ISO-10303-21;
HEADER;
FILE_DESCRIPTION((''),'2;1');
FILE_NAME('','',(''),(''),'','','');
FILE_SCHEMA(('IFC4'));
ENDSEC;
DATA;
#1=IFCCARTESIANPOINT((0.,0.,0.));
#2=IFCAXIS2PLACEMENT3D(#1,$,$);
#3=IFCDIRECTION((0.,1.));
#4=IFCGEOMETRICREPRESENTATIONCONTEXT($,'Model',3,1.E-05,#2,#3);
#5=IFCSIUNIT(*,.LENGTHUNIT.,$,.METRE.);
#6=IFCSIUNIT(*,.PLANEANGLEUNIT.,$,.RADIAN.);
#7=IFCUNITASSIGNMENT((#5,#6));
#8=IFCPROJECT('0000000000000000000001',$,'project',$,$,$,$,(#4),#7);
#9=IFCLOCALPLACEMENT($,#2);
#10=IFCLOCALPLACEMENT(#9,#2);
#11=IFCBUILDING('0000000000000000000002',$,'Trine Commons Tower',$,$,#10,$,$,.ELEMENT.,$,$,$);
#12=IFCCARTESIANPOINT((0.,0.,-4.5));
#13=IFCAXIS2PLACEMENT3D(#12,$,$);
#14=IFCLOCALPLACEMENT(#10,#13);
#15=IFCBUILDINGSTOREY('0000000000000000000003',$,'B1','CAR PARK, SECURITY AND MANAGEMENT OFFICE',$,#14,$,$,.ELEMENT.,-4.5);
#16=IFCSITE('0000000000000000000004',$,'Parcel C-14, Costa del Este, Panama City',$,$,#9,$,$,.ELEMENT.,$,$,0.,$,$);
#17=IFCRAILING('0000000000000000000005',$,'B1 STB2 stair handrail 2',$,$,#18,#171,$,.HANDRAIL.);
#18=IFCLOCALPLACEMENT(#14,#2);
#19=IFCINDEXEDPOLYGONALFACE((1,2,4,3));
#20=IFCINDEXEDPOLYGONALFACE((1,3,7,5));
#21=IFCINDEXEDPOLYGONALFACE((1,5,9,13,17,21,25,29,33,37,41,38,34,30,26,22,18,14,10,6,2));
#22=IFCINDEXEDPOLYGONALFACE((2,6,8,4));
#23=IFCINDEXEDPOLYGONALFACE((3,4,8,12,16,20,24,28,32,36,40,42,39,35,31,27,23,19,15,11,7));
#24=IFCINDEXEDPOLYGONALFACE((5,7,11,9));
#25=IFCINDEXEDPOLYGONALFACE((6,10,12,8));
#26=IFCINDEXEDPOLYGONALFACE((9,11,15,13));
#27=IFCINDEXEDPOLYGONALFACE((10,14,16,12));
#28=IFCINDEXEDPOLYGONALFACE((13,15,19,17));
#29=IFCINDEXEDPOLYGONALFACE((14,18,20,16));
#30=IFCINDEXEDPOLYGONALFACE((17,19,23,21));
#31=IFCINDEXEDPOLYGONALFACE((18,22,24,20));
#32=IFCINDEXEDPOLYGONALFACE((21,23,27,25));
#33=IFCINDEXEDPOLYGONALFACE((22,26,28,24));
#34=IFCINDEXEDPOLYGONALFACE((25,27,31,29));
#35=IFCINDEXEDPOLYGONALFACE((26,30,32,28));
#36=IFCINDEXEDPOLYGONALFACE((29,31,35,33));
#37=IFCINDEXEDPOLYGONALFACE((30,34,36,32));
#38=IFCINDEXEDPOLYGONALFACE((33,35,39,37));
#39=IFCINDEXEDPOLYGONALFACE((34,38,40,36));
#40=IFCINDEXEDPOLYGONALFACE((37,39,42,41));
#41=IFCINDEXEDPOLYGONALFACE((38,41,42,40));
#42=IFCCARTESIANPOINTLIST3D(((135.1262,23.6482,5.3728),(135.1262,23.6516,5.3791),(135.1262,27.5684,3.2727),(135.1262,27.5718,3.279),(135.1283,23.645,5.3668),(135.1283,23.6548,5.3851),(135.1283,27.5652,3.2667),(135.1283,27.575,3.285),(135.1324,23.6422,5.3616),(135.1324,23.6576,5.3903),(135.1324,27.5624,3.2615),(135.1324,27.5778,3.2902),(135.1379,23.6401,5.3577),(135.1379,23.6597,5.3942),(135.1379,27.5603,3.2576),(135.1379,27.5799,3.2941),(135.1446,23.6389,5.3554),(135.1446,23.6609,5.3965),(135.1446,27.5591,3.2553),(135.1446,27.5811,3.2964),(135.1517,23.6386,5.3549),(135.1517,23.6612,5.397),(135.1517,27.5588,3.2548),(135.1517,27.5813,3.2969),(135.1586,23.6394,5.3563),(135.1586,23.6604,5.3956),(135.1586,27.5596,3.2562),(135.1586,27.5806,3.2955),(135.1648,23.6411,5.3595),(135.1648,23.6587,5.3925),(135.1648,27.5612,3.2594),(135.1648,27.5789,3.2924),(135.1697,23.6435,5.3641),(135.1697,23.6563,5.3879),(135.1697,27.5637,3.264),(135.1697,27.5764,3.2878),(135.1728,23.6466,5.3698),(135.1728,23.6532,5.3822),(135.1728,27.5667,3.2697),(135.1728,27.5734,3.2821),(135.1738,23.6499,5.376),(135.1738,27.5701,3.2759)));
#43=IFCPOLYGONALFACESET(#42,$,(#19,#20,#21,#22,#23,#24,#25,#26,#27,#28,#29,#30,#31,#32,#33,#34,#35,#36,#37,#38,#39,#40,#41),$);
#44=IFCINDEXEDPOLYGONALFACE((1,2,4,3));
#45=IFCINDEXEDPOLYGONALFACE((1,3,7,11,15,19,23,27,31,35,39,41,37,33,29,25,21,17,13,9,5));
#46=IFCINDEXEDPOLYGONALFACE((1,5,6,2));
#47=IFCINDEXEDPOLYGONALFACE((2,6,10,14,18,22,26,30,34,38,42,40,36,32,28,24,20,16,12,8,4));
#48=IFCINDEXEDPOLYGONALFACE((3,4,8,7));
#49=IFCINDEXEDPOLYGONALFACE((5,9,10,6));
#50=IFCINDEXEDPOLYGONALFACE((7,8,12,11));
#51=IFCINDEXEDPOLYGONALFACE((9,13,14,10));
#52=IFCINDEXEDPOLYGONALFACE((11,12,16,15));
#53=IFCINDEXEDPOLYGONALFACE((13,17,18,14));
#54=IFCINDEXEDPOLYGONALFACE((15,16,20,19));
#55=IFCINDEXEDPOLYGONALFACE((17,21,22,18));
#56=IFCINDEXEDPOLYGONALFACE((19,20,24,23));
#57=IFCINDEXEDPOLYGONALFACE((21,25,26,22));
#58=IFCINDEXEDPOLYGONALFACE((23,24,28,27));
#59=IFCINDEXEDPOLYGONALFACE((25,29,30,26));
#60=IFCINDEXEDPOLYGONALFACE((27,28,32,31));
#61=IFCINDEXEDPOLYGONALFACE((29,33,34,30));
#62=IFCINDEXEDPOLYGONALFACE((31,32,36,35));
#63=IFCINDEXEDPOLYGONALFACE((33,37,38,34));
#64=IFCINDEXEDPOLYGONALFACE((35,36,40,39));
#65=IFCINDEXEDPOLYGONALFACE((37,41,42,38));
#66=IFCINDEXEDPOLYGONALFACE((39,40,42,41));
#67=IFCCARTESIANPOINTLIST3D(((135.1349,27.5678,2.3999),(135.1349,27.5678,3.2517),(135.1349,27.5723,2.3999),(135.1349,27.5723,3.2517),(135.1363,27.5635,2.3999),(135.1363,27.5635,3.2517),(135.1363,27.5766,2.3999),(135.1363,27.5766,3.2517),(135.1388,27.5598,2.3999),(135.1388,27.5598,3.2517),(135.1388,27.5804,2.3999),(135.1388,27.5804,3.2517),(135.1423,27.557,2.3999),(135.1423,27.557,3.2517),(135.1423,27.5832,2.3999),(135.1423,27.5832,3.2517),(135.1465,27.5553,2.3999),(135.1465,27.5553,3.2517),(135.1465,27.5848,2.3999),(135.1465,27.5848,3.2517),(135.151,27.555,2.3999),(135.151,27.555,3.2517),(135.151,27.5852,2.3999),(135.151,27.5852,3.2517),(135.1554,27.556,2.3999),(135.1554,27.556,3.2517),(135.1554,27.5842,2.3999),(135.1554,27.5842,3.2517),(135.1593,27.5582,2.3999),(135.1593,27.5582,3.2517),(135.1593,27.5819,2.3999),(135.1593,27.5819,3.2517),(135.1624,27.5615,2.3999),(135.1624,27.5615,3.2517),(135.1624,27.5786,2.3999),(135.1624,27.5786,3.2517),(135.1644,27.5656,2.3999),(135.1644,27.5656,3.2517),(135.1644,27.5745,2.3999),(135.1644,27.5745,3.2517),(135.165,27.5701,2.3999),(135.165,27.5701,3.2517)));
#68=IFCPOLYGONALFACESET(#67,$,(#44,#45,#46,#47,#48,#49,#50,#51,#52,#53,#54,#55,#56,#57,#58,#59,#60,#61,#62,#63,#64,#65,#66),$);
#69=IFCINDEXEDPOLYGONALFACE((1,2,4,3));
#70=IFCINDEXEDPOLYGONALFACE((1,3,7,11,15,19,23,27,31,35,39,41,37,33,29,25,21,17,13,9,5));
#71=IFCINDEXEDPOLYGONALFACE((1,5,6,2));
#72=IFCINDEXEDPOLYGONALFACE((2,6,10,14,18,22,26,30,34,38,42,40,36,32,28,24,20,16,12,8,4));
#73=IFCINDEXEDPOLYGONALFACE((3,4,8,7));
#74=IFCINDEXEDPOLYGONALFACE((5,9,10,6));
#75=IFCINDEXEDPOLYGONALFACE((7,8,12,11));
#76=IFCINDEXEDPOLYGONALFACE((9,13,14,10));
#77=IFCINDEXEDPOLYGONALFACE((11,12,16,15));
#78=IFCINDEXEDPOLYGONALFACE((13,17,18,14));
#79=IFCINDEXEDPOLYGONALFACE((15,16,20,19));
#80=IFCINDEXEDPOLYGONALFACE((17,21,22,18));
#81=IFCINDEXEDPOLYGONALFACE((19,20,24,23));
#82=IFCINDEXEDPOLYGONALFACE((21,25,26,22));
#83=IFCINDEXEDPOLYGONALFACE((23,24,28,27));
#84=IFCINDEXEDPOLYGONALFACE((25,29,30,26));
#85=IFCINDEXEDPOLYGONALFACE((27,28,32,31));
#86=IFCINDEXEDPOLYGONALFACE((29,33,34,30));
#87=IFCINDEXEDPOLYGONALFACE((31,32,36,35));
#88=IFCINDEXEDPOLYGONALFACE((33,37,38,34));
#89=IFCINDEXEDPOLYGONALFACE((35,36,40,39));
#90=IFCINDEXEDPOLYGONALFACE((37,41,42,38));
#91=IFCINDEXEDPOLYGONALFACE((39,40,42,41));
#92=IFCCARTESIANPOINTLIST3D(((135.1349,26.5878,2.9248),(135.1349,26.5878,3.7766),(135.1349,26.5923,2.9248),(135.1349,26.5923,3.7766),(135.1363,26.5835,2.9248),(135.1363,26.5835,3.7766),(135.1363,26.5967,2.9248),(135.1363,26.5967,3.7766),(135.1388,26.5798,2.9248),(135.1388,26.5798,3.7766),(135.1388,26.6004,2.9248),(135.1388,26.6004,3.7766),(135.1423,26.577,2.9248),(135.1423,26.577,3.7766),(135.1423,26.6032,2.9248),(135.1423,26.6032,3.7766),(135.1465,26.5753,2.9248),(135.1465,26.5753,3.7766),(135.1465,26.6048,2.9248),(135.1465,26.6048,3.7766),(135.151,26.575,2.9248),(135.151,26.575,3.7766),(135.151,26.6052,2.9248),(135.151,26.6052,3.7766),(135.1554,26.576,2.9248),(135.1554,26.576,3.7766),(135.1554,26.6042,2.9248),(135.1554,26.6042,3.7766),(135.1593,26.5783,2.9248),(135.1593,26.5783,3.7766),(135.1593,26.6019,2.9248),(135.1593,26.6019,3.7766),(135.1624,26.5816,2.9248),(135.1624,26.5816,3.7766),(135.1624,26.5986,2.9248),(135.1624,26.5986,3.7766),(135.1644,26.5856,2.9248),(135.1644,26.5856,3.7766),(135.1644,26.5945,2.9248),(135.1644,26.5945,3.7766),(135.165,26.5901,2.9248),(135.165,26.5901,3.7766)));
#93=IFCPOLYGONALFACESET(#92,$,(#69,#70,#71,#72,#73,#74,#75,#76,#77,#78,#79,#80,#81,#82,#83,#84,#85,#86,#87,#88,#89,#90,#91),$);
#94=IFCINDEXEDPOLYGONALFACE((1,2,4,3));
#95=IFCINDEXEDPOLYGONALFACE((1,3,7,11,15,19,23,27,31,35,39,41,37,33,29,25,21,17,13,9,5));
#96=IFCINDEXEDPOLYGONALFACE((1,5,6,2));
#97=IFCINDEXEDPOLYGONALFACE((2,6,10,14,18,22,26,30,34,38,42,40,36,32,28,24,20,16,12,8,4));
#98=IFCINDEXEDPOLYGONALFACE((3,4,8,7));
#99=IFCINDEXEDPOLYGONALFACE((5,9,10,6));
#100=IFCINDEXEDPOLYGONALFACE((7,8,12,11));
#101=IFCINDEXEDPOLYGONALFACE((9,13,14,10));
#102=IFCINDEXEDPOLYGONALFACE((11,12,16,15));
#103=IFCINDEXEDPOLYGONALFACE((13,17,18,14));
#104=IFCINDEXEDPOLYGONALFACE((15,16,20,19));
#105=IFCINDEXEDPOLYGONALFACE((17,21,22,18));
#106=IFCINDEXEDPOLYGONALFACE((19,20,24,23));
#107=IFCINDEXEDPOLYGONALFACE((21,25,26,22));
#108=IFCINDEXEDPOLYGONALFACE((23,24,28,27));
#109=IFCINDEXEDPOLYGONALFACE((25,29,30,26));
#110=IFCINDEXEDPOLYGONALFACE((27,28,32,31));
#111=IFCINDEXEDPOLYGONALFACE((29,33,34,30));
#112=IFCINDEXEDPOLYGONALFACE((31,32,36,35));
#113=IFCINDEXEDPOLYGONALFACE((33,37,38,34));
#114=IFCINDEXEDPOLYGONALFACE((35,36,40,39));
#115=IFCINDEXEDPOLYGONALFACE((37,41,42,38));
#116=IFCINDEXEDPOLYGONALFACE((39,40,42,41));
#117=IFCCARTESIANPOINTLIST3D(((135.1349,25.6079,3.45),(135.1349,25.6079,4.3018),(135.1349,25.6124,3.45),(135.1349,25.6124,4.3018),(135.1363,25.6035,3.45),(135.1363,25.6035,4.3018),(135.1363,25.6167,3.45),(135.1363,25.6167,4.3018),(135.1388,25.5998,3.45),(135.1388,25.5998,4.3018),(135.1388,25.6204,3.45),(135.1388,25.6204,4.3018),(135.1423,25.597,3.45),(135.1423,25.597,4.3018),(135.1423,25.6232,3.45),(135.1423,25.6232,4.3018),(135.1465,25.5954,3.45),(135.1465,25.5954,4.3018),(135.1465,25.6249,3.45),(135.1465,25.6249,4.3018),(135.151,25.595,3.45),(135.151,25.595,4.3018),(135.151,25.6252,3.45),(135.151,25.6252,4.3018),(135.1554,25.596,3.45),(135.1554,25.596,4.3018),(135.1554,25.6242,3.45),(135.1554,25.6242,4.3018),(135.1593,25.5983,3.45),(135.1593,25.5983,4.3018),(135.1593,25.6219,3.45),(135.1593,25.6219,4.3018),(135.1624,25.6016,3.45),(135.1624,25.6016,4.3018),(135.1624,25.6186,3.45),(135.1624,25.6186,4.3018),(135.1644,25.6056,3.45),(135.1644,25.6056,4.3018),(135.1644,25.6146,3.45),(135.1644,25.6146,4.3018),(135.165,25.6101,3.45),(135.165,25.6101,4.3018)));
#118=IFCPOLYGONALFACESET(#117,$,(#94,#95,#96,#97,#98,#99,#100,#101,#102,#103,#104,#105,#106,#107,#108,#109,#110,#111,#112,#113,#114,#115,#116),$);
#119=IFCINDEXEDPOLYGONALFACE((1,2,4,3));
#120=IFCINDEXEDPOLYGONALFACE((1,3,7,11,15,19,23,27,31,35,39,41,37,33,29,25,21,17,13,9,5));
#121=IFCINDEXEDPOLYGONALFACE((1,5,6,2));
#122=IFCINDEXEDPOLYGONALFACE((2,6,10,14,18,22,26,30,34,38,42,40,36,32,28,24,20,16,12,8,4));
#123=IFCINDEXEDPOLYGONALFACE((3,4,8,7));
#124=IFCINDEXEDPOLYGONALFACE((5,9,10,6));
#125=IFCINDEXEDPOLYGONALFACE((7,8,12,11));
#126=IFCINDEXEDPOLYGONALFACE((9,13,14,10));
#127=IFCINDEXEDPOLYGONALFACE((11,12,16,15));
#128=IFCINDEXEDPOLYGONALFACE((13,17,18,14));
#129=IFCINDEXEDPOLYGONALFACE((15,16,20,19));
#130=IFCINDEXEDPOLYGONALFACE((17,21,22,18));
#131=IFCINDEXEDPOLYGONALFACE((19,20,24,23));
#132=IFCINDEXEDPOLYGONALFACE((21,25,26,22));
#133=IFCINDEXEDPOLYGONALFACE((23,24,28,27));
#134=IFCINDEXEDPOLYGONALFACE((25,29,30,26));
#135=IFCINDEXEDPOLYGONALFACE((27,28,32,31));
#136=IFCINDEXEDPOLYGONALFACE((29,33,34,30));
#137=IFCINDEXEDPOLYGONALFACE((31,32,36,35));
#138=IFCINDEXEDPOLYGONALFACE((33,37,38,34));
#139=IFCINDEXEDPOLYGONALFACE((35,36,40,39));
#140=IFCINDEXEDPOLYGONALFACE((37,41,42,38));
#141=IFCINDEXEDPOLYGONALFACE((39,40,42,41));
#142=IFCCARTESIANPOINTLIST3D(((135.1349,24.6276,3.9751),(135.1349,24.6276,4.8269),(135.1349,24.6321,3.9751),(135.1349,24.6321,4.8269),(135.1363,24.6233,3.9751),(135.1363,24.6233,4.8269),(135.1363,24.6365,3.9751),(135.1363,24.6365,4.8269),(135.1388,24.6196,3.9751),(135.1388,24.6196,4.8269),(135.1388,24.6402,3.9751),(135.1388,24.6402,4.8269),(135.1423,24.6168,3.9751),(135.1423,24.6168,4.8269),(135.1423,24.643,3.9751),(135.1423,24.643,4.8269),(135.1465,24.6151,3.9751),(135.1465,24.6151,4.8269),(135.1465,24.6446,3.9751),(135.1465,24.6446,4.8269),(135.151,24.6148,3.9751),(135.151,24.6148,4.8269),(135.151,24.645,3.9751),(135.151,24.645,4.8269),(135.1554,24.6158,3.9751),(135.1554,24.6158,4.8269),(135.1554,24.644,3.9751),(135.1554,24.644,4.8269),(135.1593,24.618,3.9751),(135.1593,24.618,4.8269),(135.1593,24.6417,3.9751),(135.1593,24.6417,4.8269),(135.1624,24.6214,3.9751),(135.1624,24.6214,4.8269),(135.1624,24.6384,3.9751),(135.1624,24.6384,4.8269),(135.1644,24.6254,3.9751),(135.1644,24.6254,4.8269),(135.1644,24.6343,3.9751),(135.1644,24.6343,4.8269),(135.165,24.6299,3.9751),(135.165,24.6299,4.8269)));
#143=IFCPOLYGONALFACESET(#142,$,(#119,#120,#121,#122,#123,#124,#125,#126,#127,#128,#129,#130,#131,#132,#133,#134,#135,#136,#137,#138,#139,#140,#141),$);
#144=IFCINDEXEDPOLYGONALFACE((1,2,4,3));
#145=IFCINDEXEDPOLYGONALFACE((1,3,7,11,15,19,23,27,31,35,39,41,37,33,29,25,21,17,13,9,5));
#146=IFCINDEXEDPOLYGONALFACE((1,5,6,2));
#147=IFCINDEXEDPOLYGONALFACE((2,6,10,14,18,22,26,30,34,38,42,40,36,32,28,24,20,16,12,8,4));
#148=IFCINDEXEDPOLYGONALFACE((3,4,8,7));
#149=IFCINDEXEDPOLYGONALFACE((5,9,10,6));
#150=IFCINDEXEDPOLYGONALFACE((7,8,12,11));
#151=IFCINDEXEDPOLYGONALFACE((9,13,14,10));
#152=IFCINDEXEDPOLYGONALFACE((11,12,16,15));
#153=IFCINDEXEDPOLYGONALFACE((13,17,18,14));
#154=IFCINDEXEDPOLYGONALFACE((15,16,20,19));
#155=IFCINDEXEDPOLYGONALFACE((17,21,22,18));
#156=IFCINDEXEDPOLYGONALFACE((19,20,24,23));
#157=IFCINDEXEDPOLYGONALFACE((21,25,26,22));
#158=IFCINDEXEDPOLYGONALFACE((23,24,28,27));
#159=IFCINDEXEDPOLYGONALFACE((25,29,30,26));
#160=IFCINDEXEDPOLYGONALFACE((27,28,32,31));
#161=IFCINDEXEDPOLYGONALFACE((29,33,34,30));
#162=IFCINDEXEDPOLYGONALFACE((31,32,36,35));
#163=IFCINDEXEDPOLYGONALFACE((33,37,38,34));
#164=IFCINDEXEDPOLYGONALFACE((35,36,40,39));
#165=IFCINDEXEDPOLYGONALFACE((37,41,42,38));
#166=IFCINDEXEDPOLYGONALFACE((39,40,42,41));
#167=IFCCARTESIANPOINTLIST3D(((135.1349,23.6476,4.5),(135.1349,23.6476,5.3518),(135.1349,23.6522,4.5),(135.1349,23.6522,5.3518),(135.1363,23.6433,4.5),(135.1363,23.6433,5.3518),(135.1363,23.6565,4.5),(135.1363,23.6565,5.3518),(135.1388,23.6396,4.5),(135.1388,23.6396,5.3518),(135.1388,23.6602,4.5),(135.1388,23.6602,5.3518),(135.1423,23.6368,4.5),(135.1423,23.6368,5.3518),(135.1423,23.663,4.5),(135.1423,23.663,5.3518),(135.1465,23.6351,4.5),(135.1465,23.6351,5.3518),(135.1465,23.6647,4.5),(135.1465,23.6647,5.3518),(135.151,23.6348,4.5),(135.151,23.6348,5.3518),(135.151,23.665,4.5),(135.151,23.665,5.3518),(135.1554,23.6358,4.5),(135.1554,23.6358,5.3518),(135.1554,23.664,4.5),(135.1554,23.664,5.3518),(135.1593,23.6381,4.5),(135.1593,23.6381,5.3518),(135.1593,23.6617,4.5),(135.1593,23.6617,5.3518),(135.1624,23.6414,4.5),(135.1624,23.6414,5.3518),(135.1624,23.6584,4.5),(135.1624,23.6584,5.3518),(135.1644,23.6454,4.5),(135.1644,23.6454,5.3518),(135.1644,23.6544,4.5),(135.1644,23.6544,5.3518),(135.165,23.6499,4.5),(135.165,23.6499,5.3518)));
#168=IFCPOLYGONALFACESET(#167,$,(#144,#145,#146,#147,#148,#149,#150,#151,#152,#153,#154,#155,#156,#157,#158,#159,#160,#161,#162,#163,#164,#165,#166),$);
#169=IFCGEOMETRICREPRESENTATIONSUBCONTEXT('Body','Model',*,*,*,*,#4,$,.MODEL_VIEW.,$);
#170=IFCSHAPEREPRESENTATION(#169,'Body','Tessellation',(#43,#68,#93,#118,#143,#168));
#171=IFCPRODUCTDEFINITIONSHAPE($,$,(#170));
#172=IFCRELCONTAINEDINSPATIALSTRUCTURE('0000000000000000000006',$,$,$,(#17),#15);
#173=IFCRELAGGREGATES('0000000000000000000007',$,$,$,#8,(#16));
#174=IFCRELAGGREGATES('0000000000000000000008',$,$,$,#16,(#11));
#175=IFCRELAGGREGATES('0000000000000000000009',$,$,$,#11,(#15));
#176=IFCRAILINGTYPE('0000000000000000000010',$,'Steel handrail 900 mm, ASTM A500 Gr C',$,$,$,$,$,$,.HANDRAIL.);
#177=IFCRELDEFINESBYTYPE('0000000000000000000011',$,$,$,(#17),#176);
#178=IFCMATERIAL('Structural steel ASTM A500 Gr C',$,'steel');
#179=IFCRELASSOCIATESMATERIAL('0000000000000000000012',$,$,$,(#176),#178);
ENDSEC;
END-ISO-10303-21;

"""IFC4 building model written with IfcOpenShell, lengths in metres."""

from ifc_helpers import new_model, si_unit, direction, frame, origin, origin_2d, place, context, subcontext, project, spatial, circle, extrude, material, type_object, element, save


model = new_model("IFC4")

# Units and contexts
model_context = context("Model", 3, precision=1e-05, world=origin(), true_north=direction((0.0, 1.0)))
body_context = subcontext(model_context, "Body", "Model", "MODEL_VIEW")
ifc_project = project(units=[si_unit("LENGTHUNIT", "METRE"), si_unit("PLANEANGLEUNIT", "RADIAN")], contexts=[model_context])

# Site, building, storey
site_placement = place(None, origin())
site = spatial("IfcSite", under=ifc_project, at=site_placement, Name="Parcel C-14, Costa del Este, Panama City", CompositionType="ELEMENT", RefElevation=0.0)
building_placement = place(site_placement, origin())
building = spatial("IfcBuilding", under=site, at=building_placement, Name="Trine Commons Tower", CompositionType="ELEMENT")
storey_placement = place(building_placement, frame((0.0, 0.0, -4.5)))
storey = spatial("IfcBuildingStorey", under=building, at=storey_placement, Name="B1", Description="CAR PARK, SECURITY AND MANAGEMENT OFFICE", CompositionType="ELEMENT", Elevation=-4.5)

# Railing
ifc_material_1 = material(Name="Structural steel ASTM A500 Gr C", Category="steel")
railing_type_1 = type_object("IfcRailingType", Name="Steel handrail 900 mm, ASTM A500 Gr C", PredefinedType="HANDRAIL", material=ifc_material_1)
railing_1_placement = place(storey_placement, frame((135.1499, 27.5701, 2.3999)))
element("IfcRailing", 1, at=railing_1_placement, inside=storey, type_object=railing_type_1, Name="B1 STB2 stair handrail 2", PredefinedType="HANDRAIL", context=body_context, shape_type="SweptSolid", body=[
    extrude(circle(Radius=0.0239, at=origin_2d()), frame((0.0, 0.0, 0.876), z_axis=(0.0, -0.881479, 0.472223), x_axis=(1.0, 0.0, 0.0)), (0.0, 0.0, 1.0), 4.4473),
    extrude(circle(Radius=0.0151, at=origin_2d()), origin(), (0.0, 0.0, 1.0), 0.8518),
    extrude(circle(Radius=0.0151, at=origin_2d()), frame((0.0, -0.98, 0.5249)), (0.0, 0.0, 1.0), 0.8518),
    extrude(circle(Radius=0.0151, at=origin_2d()), frame((0.0, -1.96, 1.05)), (0.0, 0.0, 1.0), 0.8518),
    extrude(circle(Radius=0.0151, at=origin_2d()), frame((0.0, -2.9402, 1.5752)), (0.0, 0.0, 1.0), 0.8518),
    extrude(circle(Radius=0.0151, at=origin_2d()), frame((0.0, -3.9202, 2.1001)), (0.0, 0.0, 1.0), 0.8518),
])

save(model, "model.ifc")
